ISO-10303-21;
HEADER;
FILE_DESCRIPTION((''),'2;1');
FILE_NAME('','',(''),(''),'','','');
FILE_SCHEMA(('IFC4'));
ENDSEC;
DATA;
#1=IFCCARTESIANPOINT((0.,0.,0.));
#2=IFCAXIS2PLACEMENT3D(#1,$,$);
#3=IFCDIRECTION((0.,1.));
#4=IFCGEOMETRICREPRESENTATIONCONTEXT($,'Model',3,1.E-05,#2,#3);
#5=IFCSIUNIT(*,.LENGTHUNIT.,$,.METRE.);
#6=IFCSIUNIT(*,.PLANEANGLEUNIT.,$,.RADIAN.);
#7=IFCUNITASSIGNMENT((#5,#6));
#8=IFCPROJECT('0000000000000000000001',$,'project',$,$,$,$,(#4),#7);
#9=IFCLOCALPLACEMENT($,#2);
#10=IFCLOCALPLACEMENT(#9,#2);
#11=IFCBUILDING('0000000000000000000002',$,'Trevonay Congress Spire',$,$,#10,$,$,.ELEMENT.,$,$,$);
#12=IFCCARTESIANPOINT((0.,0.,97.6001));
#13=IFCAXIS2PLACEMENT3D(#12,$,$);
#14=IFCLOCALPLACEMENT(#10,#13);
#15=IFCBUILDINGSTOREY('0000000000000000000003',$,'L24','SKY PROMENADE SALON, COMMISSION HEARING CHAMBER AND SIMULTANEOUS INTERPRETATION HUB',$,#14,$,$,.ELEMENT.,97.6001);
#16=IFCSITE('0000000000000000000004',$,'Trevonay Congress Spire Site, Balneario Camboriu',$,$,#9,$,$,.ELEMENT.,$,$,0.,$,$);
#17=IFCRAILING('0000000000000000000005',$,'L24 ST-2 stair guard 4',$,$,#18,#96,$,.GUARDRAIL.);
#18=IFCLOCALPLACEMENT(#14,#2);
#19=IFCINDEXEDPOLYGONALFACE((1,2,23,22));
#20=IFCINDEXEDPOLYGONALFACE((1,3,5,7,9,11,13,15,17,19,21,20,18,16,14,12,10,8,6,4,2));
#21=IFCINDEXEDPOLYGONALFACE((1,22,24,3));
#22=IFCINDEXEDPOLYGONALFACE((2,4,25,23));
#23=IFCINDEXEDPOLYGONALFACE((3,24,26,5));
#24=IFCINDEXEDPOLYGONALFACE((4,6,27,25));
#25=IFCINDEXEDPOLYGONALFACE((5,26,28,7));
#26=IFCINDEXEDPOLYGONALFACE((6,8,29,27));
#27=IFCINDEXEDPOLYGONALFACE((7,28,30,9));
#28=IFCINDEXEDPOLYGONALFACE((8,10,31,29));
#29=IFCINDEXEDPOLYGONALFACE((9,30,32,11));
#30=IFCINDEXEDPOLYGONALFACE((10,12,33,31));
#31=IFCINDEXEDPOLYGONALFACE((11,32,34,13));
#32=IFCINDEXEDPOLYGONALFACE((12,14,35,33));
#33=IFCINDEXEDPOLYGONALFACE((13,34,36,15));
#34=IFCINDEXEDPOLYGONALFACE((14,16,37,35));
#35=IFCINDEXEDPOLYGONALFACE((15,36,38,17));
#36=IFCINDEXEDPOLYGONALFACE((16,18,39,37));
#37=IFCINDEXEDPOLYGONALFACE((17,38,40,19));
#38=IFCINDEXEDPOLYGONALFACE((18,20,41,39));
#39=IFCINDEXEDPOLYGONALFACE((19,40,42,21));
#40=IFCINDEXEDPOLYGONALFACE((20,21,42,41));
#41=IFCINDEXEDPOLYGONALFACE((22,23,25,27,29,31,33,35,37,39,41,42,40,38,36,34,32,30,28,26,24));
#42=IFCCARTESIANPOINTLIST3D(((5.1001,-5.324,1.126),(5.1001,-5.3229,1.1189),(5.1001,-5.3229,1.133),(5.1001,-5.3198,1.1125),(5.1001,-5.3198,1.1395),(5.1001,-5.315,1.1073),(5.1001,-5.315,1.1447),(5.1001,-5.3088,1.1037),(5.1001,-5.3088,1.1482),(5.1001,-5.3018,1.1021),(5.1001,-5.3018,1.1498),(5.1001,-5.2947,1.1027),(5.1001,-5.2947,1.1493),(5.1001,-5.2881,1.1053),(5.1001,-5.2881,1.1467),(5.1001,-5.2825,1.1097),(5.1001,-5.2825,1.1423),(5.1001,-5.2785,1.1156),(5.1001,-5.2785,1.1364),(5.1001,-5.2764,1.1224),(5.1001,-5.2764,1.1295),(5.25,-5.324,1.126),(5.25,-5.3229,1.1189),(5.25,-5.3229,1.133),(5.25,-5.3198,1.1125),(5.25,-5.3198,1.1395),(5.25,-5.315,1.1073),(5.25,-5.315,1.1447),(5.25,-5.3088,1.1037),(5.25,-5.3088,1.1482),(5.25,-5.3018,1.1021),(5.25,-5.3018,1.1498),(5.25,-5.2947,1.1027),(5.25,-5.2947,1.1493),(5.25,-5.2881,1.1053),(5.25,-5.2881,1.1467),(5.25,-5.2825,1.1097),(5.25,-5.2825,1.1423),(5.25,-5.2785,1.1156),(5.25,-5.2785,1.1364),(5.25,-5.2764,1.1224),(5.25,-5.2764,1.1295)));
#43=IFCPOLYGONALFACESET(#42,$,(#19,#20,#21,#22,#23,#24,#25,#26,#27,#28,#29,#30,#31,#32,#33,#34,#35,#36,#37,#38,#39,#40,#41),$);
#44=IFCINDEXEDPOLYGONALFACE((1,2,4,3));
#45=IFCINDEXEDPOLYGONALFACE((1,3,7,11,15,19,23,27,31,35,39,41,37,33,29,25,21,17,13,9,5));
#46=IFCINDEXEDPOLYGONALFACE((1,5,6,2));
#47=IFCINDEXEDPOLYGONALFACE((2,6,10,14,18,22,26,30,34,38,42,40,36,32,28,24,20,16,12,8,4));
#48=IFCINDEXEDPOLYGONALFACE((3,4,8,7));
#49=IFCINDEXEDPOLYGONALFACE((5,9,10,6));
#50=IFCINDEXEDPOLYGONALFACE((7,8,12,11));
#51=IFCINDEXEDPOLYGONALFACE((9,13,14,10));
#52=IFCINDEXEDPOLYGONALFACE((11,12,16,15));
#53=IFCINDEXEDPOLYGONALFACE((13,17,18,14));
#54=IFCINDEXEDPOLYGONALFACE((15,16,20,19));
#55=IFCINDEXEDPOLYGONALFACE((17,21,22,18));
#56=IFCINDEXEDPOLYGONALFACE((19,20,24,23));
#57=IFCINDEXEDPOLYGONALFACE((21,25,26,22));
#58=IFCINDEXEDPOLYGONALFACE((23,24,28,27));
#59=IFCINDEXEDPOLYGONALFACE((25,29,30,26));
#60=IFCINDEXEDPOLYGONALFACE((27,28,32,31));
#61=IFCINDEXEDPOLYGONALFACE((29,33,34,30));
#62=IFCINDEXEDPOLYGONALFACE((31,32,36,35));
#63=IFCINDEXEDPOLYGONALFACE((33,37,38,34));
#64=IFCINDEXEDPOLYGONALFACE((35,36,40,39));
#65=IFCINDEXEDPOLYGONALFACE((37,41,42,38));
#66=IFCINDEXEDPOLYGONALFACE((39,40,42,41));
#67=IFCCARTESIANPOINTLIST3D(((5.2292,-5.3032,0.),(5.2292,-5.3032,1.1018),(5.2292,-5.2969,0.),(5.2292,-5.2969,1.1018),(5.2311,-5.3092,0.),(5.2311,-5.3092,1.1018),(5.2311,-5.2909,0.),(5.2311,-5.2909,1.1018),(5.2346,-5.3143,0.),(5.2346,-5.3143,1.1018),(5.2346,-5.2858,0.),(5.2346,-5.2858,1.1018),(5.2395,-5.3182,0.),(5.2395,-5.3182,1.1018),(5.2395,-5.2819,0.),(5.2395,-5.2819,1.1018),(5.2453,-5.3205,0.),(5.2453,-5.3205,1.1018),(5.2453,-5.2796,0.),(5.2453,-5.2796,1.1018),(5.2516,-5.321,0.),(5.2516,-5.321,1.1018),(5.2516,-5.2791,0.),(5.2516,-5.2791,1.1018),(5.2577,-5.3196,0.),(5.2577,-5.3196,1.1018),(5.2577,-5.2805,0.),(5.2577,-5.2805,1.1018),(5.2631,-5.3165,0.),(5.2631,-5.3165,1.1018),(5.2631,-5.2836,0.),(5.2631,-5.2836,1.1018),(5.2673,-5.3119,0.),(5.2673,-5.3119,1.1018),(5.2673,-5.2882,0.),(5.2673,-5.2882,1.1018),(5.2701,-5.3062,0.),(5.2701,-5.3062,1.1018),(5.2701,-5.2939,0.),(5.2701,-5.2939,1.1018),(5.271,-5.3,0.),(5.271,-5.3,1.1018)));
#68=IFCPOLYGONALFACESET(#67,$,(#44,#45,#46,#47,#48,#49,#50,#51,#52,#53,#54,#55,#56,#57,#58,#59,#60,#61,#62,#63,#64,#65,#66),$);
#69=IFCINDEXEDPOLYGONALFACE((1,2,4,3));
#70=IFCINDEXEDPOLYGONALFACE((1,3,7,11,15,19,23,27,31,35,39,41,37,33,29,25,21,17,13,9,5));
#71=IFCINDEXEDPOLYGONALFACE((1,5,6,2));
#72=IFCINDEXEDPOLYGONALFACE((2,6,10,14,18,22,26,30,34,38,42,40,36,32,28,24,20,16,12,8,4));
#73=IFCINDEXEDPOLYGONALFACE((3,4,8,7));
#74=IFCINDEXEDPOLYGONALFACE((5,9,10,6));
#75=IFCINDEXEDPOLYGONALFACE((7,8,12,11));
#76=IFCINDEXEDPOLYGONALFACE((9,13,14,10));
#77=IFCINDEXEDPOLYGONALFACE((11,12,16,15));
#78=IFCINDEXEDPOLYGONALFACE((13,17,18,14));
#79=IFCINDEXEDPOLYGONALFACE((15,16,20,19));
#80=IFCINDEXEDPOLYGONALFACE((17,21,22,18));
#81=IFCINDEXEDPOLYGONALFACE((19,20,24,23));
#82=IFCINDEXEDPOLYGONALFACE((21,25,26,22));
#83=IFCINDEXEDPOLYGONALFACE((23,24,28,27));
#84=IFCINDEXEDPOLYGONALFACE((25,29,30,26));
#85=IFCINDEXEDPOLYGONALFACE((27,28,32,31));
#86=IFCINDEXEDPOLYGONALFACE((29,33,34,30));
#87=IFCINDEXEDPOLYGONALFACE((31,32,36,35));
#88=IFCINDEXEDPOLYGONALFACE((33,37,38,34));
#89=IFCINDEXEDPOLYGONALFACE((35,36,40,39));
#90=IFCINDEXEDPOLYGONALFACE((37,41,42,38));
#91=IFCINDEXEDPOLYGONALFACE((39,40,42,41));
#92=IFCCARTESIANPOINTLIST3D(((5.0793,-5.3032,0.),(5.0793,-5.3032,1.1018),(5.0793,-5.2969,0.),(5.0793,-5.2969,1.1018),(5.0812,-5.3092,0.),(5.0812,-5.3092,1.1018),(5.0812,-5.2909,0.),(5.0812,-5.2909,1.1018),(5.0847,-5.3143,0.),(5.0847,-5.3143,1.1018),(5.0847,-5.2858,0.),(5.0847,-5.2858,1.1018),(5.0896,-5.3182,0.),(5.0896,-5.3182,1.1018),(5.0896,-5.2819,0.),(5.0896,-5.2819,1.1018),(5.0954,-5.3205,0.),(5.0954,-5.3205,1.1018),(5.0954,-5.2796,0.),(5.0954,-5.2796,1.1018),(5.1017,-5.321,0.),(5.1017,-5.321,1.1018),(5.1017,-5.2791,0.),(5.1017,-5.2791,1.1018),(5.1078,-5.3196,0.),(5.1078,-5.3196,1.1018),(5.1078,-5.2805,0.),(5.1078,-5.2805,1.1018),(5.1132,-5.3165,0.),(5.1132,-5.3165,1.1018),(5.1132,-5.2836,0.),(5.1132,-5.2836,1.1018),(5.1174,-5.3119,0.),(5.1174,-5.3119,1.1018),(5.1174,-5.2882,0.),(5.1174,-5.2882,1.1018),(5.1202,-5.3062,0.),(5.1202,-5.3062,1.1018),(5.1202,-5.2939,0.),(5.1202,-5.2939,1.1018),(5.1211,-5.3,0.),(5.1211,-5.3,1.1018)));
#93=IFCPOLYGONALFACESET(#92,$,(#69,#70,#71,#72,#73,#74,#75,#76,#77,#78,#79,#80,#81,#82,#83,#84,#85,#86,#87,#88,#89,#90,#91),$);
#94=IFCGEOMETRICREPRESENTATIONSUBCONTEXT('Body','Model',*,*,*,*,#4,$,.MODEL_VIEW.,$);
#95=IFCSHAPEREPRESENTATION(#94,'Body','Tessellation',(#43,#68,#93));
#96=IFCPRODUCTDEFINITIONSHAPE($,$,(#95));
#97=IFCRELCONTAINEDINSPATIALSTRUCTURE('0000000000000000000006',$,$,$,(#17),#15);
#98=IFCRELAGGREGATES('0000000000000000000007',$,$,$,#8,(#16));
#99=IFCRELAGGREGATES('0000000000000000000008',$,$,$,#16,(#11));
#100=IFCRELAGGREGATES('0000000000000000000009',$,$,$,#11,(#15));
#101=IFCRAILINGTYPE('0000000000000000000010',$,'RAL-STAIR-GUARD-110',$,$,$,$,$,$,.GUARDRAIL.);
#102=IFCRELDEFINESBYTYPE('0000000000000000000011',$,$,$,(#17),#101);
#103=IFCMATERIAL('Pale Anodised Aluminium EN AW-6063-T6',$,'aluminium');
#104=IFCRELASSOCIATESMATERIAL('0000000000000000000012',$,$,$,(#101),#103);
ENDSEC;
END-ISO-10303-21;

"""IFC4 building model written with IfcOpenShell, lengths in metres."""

from ifc_helpers import new_model, si_unit, direction, frame, origin, origin_2d, place, context, subcontext, project, spatial, circle, extrude, material, type_object, element, save


model = new_model("IFC4")

# Units and contexts
model_context = context("Model", 3, precision=1e-05, world=origin(), true_north=direction((0.0, 1.0)))
body_context = subcontext(model_context, "Body", "Model", "MODEL_VIEW")
ifc_project = project(units=[si_unit("LENGTHUNIT", "METRE"), si_unit("PLANEANGLEUNIT", "RADIAN")], contexts=[model_context])

# Site, building, storey
site_placement = place(None, origin())
site = spatial("IfcSite", under=ifc_project, at=site_placement, Name="Trevonay Congress Spire Site, Balneario Camboriu", CompositionType="ELEMENT", RefElevation=0.0)
building_placement = place(site_placement, origin())
building = spatial("IfcBuilding", under=site, at=building_placement, Name="Trevonay Congress Spire", CompositionType="ELEMENT")
storey_placement = place(building_placement, frame((0.0, 0.0, 97.6001)))
storey = spatial("IfcBuildingStorey", under=building, at=storey_placement, Name="L24", Description="SKY PROMENADE SALON, COMMISSION HEARING CHAMBER AND SIMULTANEOUS INTERPRETATION HUB", CompositionType="ELEMENT", Elevation=97.6001)

# Shared definitions
ifc_material_1 = material(Name="Pale Anodised Aluminium EN AW-6063-T6", Category="aluminium")

# Railing
railing_type = type_object("IfcRailingType", Name="RAL-STAIR-GUARD-110", PredefinedType="GUARDRAIL", material=ifc_material_1)
railing_1_placement = place(storey_placement, frame((5.25, -5.3, 0.0)))
element("IfcRailing", 1, at=railing_1_placement, inside=storey, type_object=railing_type, Name="L24 ST-2 stair guard 4", PredefinedType="GUARDRAIL", context=body_context, shape_type="SweptSolid", body=[
    extrude(circle(Radius=0.0239, at=origin_2d()), frame((0.0, 0.0, 1.126), z_axis=(-1.0, 0.0, 0.0), x_axis=(0.0, -1.0, 0.0)), (0.0, 0.0, 1.0), 0.1499),
    extrude(circle(Radius=0.021, at=origin_2d()), origin(), (0.0, 0.0, 1.0), 1.1018),
    extrude(circle(Radius=0.021, at=origin_2d()), frame((-0.1499, 0.0, 0.0)), (0.0, 0.0, 1.0), 1.1018),
])

save(model, "model.ifc")
